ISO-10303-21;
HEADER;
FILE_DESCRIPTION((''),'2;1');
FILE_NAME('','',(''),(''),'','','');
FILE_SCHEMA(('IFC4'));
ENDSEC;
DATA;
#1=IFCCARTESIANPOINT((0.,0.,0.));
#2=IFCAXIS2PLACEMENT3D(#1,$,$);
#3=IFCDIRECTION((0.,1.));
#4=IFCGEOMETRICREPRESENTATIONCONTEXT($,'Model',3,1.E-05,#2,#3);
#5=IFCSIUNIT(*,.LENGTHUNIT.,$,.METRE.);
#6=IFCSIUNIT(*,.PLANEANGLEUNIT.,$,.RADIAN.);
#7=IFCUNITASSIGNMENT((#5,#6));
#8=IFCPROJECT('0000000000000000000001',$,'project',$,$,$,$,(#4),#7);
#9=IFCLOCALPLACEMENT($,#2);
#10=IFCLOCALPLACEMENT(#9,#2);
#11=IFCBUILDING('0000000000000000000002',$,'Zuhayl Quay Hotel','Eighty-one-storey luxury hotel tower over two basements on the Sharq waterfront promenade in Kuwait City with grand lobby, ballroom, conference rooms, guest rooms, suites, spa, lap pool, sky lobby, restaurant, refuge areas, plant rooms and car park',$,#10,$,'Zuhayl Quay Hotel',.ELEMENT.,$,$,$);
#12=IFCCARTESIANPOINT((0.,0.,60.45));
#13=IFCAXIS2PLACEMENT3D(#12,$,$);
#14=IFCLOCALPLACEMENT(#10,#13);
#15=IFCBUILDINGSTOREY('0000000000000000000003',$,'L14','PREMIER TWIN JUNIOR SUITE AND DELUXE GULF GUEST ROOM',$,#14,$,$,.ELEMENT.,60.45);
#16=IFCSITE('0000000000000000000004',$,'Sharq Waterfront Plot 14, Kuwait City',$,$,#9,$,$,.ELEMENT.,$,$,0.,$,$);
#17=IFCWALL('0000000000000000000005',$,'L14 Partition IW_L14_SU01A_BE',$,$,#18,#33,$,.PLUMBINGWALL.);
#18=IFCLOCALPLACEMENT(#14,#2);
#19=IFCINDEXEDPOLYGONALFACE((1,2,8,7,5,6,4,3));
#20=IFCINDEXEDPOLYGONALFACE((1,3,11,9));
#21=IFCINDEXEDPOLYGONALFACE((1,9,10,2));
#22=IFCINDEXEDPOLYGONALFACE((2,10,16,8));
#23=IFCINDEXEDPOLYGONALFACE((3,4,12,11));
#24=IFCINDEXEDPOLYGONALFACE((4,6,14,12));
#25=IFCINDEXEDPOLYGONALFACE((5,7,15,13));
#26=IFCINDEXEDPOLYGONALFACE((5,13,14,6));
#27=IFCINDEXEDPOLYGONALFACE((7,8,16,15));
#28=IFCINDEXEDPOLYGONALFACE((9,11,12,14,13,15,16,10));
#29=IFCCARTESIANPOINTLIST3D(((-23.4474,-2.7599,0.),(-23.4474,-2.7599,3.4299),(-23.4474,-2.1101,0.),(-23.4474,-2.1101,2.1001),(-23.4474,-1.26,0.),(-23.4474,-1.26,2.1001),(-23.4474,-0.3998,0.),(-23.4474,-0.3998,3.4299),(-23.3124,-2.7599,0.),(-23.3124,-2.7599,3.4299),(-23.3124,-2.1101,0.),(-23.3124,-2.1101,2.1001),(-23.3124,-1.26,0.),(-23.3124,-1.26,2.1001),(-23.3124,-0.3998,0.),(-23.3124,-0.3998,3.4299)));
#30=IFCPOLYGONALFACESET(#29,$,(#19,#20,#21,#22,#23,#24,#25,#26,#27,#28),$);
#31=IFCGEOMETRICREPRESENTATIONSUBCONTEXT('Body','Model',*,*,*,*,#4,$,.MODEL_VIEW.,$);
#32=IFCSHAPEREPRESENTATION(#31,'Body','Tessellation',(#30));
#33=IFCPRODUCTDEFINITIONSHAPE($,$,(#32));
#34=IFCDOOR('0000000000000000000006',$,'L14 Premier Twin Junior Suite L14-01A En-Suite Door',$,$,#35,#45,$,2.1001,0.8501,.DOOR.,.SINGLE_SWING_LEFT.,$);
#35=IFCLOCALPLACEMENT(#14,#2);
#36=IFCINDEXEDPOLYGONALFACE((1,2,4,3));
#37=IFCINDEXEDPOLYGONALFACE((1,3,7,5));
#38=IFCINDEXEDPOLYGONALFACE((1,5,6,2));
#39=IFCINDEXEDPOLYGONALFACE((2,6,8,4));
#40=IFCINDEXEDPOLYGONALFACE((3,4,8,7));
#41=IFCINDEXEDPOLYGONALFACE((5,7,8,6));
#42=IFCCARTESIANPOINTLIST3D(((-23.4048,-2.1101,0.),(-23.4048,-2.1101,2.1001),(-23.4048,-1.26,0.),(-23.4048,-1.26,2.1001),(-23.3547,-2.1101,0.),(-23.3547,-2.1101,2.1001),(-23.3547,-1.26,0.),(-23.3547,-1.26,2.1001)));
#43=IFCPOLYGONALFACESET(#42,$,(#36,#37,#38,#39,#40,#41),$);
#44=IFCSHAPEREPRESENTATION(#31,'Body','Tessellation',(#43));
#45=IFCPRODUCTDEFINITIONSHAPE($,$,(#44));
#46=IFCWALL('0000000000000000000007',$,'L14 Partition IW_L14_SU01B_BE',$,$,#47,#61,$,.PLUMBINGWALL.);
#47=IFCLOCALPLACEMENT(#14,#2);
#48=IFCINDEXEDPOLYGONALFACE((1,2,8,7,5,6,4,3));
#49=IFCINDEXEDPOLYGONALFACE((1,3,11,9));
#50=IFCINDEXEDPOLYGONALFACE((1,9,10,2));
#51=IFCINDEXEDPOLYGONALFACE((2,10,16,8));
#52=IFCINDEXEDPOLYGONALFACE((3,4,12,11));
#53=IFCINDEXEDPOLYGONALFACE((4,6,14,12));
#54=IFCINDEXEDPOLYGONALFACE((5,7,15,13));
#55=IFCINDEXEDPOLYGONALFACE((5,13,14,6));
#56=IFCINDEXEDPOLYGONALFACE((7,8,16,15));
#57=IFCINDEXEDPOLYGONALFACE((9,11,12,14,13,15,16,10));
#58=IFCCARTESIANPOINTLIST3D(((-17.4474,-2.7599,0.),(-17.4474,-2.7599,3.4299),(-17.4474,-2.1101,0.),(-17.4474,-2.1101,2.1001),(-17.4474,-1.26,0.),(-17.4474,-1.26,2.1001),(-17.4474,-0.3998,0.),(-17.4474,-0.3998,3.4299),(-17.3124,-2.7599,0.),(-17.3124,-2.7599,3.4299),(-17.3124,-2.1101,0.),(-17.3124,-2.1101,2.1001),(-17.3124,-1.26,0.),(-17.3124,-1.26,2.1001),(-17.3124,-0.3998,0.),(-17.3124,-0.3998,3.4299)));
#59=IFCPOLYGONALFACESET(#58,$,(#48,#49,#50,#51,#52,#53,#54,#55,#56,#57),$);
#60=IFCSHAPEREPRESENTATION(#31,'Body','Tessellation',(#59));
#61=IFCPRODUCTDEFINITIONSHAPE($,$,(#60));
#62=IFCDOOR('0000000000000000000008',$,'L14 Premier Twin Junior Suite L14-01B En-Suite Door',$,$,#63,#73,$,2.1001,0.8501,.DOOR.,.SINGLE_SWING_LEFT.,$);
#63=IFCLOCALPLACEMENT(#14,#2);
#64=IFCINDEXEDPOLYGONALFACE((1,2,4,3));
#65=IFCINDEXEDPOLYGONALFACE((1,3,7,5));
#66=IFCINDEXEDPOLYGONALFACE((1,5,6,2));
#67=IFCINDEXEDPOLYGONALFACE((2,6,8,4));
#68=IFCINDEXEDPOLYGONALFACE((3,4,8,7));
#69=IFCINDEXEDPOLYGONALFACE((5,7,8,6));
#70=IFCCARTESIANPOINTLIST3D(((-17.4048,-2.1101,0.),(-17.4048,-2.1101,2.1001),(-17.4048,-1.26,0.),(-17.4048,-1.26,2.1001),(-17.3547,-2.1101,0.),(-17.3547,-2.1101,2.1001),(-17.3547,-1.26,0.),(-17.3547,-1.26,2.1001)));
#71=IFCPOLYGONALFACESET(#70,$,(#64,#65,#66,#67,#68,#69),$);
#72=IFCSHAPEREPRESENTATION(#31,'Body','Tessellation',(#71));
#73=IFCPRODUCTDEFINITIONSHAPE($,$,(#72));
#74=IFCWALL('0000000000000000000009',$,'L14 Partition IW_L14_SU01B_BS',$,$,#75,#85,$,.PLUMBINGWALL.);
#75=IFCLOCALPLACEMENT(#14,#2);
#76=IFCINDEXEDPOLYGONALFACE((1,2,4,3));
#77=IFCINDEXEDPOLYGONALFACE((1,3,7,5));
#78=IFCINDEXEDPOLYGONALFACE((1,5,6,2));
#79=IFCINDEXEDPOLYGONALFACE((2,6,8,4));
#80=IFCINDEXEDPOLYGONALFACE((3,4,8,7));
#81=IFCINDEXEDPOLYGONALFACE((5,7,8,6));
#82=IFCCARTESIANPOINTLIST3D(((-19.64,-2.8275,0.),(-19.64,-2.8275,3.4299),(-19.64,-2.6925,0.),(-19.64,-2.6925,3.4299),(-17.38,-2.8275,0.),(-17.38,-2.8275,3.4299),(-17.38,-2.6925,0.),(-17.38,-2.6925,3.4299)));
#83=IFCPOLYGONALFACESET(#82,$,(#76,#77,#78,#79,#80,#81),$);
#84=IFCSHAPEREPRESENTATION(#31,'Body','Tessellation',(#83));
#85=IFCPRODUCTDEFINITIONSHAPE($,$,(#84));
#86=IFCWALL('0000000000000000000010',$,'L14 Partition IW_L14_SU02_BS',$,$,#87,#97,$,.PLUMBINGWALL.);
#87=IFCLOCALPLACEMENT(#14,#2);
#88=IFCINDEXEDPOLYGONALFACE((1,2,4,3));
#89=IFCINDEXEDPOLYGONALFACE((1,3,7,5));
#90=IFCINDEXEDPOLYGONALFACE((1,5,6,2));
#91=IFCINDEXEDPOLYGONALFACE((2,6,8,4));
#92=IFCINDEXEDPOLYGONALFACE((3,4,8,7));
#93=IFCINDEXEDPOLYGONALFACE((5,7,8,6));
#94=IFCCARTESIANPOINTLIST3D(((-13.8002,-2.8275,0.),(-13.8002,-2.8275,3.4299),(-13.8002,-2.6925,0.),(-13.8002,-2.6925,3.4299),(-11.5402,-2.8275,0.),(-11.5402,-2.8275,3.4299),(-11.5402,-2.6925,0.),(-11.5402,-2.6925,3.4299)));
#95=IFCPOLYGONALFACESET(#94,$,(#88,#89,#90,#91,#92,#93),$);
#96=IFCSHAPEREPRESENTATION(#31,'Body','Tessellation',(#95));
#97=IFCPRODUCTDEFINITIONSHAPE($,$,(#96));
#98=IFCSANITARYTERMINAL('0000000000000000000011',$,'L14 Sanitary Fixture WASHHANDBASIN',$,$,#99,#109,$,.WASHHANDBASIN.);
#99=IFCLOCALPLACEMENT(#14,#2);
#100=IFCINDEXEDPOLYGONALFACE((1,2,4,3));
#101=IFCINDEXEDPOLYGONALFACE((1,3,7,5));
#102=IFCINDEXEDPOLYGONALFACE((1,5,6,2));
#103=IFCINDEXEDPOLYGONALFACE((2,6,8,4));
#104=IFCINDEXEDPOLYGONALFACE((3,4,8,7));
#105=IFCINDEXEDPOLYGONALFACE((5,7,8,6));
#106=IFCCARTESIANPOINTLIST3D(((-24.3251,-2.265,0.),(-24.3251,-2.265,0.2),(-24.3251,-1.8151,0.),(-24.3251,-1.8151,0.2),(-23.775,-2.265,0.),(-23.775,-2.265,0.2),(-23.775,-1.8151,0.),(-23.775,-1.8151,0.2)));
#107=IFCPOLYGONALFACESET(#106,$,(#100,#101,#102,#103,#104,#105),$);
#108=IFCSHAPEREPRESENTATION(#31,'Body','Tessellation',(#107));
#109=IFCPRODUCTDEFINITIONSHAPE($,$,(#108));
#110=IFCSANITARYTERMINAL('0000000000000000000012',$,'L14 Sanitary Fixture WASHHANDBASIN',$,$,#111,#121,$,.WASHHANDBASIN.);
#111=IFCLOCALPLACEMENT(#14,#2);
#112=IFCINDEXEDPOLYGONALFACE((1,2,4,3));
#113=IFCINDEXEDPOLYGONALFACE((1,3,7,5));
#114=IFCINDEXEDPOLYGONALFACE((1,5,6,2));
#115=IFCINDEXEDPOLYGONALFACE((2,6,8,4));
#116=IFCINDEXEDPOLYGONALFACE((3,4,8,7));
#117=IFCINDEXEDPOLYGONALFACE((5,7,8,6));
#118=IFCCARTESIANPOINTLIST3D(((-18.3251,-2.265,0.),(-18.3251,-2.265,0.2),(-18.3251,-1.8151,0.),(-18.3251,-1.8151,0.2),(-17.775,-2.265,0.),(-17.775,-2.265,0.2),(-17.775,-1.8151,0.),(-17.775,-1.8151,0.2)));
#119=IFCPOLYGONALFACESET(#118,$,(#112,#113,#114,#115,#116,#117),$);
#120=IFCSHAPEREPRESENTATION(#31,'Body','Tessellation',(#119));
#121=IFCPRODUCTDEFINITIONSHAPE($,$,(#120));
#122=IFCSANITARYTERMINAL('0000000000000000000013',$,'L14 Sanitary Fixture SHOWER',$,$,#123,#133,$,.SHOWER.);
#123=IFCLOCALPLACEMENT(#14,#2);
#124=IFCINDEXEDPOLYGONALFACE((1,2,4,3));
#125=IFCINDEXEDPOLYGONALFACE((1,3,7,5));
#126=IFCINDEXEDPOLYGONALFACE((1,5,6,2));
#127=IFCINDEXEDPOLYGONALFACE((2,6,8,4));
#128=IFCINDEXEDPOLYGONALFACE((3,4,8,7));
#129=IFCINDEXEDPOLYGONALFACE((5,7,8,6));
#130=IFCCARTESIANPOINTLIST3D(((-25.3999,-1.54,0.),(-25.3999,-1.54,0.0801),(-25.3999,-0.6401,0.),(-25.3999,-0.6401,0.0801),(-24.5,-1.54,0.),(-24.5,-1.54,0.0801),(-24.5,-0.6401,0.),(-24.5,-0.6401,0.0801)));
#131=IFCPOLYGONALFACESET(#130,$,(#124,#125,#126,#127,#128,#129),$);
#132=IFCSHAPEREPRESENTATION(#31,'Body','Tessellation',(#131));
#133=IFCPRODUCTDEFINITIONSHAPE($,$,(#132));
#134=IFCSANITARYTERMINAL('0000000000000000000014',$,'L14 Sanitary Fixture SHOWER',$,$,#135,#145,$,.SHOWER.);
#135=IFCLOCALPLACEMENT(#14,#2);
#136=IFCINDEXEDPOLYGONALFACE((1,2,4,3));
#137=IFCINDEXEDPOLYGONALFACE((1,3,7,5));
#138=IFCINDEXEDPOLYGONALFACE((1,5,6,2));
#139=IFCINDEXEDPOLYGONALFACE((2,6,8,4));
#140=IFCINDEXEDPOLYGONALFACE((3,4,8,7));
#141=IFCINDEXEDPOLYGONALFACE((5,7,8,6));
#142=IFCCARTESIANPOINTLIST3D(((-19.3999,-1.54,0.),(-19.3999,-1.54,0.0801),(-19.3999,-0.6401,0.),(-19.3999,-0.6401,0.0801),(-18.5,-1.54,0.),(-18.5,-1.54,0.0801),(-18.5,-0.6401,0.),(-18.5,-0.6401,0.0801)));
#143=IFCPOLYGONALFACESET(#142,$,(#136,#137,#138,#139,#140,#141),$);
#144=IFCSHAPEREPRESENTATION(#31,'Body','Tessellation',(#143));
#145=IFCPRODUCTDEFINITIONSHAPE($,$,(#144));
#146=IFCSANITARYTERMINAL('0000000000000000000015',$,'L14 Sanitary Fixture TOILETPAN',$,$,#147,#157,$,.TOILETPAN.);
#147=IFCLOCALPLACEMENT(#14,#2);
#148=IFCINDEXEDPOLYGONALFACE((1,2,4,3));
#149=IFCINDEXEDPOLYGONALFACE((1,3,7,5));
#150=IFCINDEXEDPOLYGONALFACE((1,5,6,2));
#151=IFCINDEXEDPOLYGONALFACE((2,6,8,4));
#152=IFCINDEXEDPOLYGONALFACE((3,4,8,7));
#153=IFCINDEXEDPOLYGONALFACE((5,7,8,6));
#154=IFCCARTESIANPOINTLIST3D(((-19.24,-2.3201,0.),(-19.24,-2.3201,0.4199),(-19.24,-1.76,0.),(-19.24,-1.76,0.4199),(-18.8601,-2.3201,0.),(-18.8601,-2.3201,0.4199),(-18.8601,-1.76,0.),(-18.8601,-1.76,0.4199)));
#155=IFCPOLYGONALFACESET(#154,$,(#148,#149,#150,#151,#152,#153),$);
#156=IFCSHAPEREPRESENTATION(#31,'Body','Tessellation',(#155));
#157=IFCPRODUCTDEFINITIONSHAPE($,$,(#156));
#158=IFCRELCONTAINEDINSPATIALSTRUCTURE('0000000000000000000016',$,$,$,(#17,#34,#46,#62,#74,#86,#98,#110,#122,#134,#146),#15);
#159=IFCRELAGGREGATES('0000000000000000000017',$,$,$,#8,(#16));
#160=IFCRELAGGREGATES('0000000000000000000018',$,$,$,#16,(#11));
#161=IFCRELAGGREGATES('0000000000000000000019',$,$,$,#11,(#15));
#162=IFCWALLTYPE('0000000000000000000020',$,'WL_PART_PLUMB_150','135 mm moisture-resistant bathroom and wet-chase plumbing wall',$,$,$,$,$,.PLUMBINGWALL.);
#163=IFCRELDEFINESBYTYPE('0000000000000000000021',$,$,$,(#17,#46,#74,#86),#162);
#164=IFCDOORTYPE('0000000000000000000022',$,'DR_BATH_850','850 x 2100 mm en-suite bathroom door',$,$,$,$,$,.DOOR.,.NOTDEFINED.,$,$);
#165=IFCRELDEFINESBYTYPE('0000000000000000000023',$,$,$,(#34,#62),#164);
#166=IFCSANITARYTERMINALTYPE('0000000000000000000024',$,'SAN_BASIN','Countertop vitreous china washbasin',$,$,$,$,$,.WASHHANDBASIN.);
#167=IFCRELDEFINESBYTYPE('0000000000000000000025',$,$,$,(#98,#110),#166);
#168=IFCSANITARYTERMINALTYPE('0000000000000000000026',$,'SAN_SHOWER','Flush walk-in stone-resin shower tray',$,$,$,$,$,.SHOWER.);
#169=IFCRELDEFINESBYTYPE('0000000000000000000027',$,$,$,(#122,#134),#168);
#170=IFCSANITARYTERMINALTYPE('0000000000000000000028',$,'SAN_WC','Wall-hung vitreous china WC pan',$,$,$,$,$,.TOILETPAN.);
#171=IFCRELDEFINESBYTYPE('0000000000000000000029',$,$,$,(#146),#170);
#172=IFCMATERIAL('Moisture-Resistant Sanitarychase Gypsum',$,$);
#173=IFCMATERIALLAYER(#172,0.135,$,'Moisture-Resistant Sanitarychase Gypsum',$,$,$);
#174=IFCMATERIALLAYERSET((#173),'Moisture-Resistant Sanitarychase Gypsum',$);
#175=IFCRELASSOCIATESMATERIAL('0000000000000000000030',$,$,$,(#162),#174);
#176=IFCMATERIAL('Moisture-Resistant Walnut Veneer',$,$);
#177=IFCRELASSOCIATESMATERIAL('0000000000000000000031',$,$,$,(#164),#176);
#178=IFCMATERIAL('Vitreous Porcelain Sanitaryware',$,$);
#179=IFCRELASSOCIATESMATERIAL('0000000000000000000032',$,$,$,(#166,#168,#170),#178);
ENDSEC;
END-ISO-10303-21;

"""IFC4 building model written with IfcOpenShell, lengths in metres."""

from ifc_helpers import new_model, si_unit, direction, frame, frame_2d, origin, origin_2d, place, context, subcontext, project, spatial, rectangle, extrude, material, layer, layer_set, type_object, element, fill, save


model = new_model("IFC4")

# Units and contexts
model_context = context("Model", 3, precision=1e-05, world=origin(), true_north=direction((0.0, 1.0)))
body_context = subcontext(model_context, "Body", "Model", "MODEL_VIEW")
ifc_project = project(units=[si_unit("LENGTHUNIT", "METRE"), si_unit("PLANEANGLEUNIT", "RADIAN")], contexts=[model_context])

# Site, building, storey
site_placement = place(None, origin())
site = spatial("IfcSite", under=ifc_project, at=site_placement, Name="Sharq Waterfront Plot 14, Kuwait City", CompositionType="ELEMENT", RefElevation=0.0)
building_placement = place(site_placement, origin())
building = spatial("IfcBuilding", under=site, at=building_placement, Name="Zuhayl Quay Hotel", Description="Eighty-one-storey luxury hotel tower over two basements on the Sharq waterfront promenade in Kuwait City with grand lobby, ballroom, conference rooms, guest rooms, suites, spa, lap pool, sky lobby, restaurant, refuge areas, plant rooms and car park", LongName="Zuhayl Quay Hotel", CompositionType="ELEMENT")
storey_placement = place(building_placement, frame((0.0, 0.0, 60.45)))
storey = spatial("IfcBuildingStorey", under=building, at=storey_placement, Name="L14", Description="PREMIER TWIN JUNIOR SUITE AND DELUXE GULF GUEST ROOM", CompositionType="ELEMENT", Elevation=60.45)

# Walls, openings, doors
ifc_material_1 = material(Name="Moisture-Resistant Sanitarychase Gypsum")
ifc_layer_1 = layer(ifc_material_1, 0.135, Name="Moisture-Resistant Sanitarychase Gypsum")
ifc_layer_set_1 = layer_set([ifc_layer_1], Name="Moisture-Resistant Sanitarychase Gypsum")
wall_type_1 = type_object("IfcWallType", Name="WL_PART_PLUMB_150", Description="135 mm moisture-resistant bathroom and wet-chase plumbing wall", PredefinedType="PLUMBINGWALL", material=ifc_layer_set_1)
wall_1_placement = place(storey_placement, frame((-23.3799, -2.76, 0.0), z_axis=(0.0, 0.0, 1.0), x_axis=(0.0, 1.0, 0.0)))
wall_1 = element("IfcWall", 1, at=wall_1_placement, inside=storey, type_object=wall_type_1, Name="L14 Partition IW_L14_SU01A_BE", PredefinedType="PLUMBINGWALL", context=body_context, shape_type="SweptSolid", body=[
    extrude(rectangle(XDim=2.3601, YDim=0.135, at=frame_2d((1.1802, 0.0))), origin(), (0.0, 0.0, 1.0), 3.4299),
])
opening_1_placement = place(wall_1_placement, frame((0.6499, 0.0, 0.0)))
opening_1 = element("IfcOpeningElement", 2, at=opening_1_placement, cuts=wall_1, PredefinedType="OPENING", context=body_context, shape_type="SweptSolid", body=[
    extrude(rectangle(XDim=0.8501, YDim=2.1001, at=frame_2d((0.425, 1.05))), frame((0.0, 0.0774, 0.0), z_axis=(0.0, -1.0, 0.0), x_axis=(1.0, 0.0, 0.0)), (0.0, 0.0, 1.0), 0.155),
])
ifc_material_2 = material(Name="Moisture-Resistant Walnut Veneer")
door_type_1 = type_object("IfcDoorType", Name="DR_BATH_850", Description="850 x 2100 mm en-suite bathroom door", OperationType="NOTDEFINED", PredefinedType="DOOR", material=ifc_material_2)
door_1_placement = place(opening_1_placement, origin())
door_1 = element("IfcDoor", 3, at=door_1_placement, inside=storey, type_object=door_type_1, Name="L14 Premier Twin Junior Suite L14-01A En-Suite Door", OperationType="SINGLE_SWING_LEFT", OverallHeight=2.1001, OverallWidth=0.8501, PredefinedType="DOOR", context=body_context, shape_type="SweptSolid", body=[
    extrude(rectangle(XDim=0.8501, YDim=2.1001, at=frame_2d((0.425, 1.05))), frame((0.0, 0.0249, 0.0), z_axis=(0.0, -1.0, 0.0), x_axis=(1.0, 0.0, 0.0)), (0.0, 0.0, 1.0), 0.05),
])
fill(opening_1, door_1)
wall_2_placement = place(storey_placement, frame((-17.3799, -2.76, 0.0), z_axis=(0.0, 0.0, 1.0), x_axis=(0.0, 1.0, 0.0)))
wall_2 = element("IfcWall", 4, at=wall_2_placement, inside=storey, type_object=wall_type_1, Name="L14 Partition IW_L14_SU01B_BE", PredefinedType="PLUMBINGWALL", context=body_context, shape_type="SweptSolid", body=[
    extrude(rectangle(XDim=2.3601, YDim=0.135, at=frame_2d((1.1802, 0.0))), origin(), (0.0, 0.0, 1.0), 3.4299),
])
opening_2_placement = place(wall_2_placement, frame((0.6499, 0.0, 0.0)))
opening_2 = element("IfcOpeningElement", 5, at=opening_2_placement, cuts=wall_2, PredefinedType="OPENING", context=body_context, shape_type="SweptSolid", body=[
    extrude(rectangle(XDim=0.8501, YDim=2.1001, at=frame_2d((0.425, 1.05))), frame((0.0, 0.0774, 0.0), z_axis=(0.0, -1.0, 0.0), x_axis=(1.0, 0.0, 0.0)), (0.0, 0.0, 1.0), 0.155),
])
door_2_placement = place(opening_2_placement, origin())
door_2 = element("IfcDoor", 6, at=door_2_placement, inside=storey, type_object=door_type_1, Name="L14 Premier Twin Junior Suite L14-01B En-Suite Door", OperationType="SINGLE_SWING_LEFT", OverallHeight=2.1001, OverallWidth=0.8501, PredefinedType="DOOR", context=body_context, shape_type="SweptSolid", body=[
    extrude(rectangle(XDim=0.8501, YDim=2.1001, at=frame_2d((0.425, 1.05))), frame((0.0, 0.0249, 0.0), z_axis=(0.0, -1.0, 0.0), x_axis=(1.0, 0.0, 0.0)), (0.0, 0.0, 1.0), 0.05),
])
fill(opening_2, door_2)

# Walls
for number, where, z_axis, x_axis, name in (
    (7, (-19.6399, -2.76, 0.0), (0.0, 0.0, 1.0), (1.0, 0.0, 0.0), "L14 Partition IW_L14_SU01B_BS"),
    (8, (-13.8, -2.76, 0.0), (0.0, 0.0, 1.0), (1.0, 0.0, 0.0), "L14 Partition IW_L14_SU02_BS"),
):
    element("IfcWall", number, at=place(storey_placement, frame(where, z_axis=z_axis, x_axis=x_axis)), inside=storey, type_object=wall_type_1, Name=name, PredefinedType="PLUMBINGWALL", context=body_context, shape_type="SweptSolid", body=[
        extrude(rectangle(XDim=2.26, YDim=0.135, at=frame_2d((1.1299, 0.0))), origin(), (0.0, 0.0, 1.0), 3.4299),
    ])

# Sanitary terminals
ifc_material_3 = material(Name="Vitreous Porcelain Sanitaryware")
sanitary_terminal_type_1 = type_object("IfcSanitaryTerminalType", Name="SAN_BASIN", Description="Countertop vitreous china washbasin", PredefinedType="WASHHANDBASIN", material=ifc_material_3)
for number, where, z_axis, x_axis, name in (
    (9, (-24.05, -2.04, 0.0), (0.0, 0.0, 1.0), (1.0, 0.0, 0.0), "L14 Sanitary Fixture WASHHANDBASIN"),
    (10, (-18.05, -2.04, 0.0), (0.0, 0.0, 1.0), (1.0, 0.0, 0.0), "L14 Sanitary Fixture WASHHANDBASIN"),
):
    element("IfcSanitaryTerminal", number, at=place(storey_placement, frame(where, z_axis=z_axis, x_axis=x_axis)), inside=storey, type_object=sanitary_terminal_type_1, Name=name, PredefinedType="WASHHANDBASIN", context=body_context, shape_type="SweptSolid", body=[
        extrude(rectangle(XDim=0.55, YDim=0.45, at=origin_2d()), origin(), (0.0, 0.0, 1.0), 0.2),
    ])
sanitary_terminal_type_2 = type_object("IfcSanitaryTerminalType", Name="SAN_SHOWER", Description="Flush walk-in stone-resin shower tray", PredefinedType="SHOWER", material=ifc_material_3)
for number, where, z_axis, x_axis, name in (
    (11, (-24.95, -1.0901, 0.0), (0.0, 0.0, 1.0), (1.0, 0.0, 0.0), "L14 Sanitary Fixture SHOWER"),
    (12, (-18.95, -1.0901, 0.0), (0.0, 0.0, 1.0), (1.0, 0.0, 0.0), "L14 Sanitary Fixture SHOWER"),
):
    element("IfcSanitaryTerminal", number, at=place(storey_placement, frame(where, z_axis=z_axis, x_axis=x_axis)), inside=storey, type_object=sanitary_terminal_type_2, Name=name, PredefinedType="SHOWER", context=body_context, shape_type="SweptSolid", body=[
        extrude(rectangle(XDim=0.8999, YDim=0.8999, at=origin_2d()), origin(), (0.0, 0.0, 1.0), 0.0801),
    ])
sanitary_terminal_type_3 = type_object("IfcSanitaryTerminalType", Name="SAN_WC", Description="Wall-hung vitreous china WC pan", PredefinedType="TOILETPAN", material=ifc_material_3)
sanitary_terminal_placement = place(storey_placement, frame((-19.05, -2.04, 0.0), z_axis=(0.0, 0.0, 1.0), x_axis=(1.0, 0.0, 0.0)))
element("IfcSanitaryTerminal", 13, at=sanitary_terminal_placement, inside=storey, type_object=sanitary_terminal_type_3, Name="L14 Sanitary Fixture TOILETPAN", PredefinedType="TOILETPAN", context=body_context, shape_type="SweptSolid", body=[
    extrude(rectangle(XDim=0.3799, YDim=0.5601, at=origin_2d()), origin(), (0.0, 0.0, 1.0), 0.4199),
])

save(model, "model.ifc")
